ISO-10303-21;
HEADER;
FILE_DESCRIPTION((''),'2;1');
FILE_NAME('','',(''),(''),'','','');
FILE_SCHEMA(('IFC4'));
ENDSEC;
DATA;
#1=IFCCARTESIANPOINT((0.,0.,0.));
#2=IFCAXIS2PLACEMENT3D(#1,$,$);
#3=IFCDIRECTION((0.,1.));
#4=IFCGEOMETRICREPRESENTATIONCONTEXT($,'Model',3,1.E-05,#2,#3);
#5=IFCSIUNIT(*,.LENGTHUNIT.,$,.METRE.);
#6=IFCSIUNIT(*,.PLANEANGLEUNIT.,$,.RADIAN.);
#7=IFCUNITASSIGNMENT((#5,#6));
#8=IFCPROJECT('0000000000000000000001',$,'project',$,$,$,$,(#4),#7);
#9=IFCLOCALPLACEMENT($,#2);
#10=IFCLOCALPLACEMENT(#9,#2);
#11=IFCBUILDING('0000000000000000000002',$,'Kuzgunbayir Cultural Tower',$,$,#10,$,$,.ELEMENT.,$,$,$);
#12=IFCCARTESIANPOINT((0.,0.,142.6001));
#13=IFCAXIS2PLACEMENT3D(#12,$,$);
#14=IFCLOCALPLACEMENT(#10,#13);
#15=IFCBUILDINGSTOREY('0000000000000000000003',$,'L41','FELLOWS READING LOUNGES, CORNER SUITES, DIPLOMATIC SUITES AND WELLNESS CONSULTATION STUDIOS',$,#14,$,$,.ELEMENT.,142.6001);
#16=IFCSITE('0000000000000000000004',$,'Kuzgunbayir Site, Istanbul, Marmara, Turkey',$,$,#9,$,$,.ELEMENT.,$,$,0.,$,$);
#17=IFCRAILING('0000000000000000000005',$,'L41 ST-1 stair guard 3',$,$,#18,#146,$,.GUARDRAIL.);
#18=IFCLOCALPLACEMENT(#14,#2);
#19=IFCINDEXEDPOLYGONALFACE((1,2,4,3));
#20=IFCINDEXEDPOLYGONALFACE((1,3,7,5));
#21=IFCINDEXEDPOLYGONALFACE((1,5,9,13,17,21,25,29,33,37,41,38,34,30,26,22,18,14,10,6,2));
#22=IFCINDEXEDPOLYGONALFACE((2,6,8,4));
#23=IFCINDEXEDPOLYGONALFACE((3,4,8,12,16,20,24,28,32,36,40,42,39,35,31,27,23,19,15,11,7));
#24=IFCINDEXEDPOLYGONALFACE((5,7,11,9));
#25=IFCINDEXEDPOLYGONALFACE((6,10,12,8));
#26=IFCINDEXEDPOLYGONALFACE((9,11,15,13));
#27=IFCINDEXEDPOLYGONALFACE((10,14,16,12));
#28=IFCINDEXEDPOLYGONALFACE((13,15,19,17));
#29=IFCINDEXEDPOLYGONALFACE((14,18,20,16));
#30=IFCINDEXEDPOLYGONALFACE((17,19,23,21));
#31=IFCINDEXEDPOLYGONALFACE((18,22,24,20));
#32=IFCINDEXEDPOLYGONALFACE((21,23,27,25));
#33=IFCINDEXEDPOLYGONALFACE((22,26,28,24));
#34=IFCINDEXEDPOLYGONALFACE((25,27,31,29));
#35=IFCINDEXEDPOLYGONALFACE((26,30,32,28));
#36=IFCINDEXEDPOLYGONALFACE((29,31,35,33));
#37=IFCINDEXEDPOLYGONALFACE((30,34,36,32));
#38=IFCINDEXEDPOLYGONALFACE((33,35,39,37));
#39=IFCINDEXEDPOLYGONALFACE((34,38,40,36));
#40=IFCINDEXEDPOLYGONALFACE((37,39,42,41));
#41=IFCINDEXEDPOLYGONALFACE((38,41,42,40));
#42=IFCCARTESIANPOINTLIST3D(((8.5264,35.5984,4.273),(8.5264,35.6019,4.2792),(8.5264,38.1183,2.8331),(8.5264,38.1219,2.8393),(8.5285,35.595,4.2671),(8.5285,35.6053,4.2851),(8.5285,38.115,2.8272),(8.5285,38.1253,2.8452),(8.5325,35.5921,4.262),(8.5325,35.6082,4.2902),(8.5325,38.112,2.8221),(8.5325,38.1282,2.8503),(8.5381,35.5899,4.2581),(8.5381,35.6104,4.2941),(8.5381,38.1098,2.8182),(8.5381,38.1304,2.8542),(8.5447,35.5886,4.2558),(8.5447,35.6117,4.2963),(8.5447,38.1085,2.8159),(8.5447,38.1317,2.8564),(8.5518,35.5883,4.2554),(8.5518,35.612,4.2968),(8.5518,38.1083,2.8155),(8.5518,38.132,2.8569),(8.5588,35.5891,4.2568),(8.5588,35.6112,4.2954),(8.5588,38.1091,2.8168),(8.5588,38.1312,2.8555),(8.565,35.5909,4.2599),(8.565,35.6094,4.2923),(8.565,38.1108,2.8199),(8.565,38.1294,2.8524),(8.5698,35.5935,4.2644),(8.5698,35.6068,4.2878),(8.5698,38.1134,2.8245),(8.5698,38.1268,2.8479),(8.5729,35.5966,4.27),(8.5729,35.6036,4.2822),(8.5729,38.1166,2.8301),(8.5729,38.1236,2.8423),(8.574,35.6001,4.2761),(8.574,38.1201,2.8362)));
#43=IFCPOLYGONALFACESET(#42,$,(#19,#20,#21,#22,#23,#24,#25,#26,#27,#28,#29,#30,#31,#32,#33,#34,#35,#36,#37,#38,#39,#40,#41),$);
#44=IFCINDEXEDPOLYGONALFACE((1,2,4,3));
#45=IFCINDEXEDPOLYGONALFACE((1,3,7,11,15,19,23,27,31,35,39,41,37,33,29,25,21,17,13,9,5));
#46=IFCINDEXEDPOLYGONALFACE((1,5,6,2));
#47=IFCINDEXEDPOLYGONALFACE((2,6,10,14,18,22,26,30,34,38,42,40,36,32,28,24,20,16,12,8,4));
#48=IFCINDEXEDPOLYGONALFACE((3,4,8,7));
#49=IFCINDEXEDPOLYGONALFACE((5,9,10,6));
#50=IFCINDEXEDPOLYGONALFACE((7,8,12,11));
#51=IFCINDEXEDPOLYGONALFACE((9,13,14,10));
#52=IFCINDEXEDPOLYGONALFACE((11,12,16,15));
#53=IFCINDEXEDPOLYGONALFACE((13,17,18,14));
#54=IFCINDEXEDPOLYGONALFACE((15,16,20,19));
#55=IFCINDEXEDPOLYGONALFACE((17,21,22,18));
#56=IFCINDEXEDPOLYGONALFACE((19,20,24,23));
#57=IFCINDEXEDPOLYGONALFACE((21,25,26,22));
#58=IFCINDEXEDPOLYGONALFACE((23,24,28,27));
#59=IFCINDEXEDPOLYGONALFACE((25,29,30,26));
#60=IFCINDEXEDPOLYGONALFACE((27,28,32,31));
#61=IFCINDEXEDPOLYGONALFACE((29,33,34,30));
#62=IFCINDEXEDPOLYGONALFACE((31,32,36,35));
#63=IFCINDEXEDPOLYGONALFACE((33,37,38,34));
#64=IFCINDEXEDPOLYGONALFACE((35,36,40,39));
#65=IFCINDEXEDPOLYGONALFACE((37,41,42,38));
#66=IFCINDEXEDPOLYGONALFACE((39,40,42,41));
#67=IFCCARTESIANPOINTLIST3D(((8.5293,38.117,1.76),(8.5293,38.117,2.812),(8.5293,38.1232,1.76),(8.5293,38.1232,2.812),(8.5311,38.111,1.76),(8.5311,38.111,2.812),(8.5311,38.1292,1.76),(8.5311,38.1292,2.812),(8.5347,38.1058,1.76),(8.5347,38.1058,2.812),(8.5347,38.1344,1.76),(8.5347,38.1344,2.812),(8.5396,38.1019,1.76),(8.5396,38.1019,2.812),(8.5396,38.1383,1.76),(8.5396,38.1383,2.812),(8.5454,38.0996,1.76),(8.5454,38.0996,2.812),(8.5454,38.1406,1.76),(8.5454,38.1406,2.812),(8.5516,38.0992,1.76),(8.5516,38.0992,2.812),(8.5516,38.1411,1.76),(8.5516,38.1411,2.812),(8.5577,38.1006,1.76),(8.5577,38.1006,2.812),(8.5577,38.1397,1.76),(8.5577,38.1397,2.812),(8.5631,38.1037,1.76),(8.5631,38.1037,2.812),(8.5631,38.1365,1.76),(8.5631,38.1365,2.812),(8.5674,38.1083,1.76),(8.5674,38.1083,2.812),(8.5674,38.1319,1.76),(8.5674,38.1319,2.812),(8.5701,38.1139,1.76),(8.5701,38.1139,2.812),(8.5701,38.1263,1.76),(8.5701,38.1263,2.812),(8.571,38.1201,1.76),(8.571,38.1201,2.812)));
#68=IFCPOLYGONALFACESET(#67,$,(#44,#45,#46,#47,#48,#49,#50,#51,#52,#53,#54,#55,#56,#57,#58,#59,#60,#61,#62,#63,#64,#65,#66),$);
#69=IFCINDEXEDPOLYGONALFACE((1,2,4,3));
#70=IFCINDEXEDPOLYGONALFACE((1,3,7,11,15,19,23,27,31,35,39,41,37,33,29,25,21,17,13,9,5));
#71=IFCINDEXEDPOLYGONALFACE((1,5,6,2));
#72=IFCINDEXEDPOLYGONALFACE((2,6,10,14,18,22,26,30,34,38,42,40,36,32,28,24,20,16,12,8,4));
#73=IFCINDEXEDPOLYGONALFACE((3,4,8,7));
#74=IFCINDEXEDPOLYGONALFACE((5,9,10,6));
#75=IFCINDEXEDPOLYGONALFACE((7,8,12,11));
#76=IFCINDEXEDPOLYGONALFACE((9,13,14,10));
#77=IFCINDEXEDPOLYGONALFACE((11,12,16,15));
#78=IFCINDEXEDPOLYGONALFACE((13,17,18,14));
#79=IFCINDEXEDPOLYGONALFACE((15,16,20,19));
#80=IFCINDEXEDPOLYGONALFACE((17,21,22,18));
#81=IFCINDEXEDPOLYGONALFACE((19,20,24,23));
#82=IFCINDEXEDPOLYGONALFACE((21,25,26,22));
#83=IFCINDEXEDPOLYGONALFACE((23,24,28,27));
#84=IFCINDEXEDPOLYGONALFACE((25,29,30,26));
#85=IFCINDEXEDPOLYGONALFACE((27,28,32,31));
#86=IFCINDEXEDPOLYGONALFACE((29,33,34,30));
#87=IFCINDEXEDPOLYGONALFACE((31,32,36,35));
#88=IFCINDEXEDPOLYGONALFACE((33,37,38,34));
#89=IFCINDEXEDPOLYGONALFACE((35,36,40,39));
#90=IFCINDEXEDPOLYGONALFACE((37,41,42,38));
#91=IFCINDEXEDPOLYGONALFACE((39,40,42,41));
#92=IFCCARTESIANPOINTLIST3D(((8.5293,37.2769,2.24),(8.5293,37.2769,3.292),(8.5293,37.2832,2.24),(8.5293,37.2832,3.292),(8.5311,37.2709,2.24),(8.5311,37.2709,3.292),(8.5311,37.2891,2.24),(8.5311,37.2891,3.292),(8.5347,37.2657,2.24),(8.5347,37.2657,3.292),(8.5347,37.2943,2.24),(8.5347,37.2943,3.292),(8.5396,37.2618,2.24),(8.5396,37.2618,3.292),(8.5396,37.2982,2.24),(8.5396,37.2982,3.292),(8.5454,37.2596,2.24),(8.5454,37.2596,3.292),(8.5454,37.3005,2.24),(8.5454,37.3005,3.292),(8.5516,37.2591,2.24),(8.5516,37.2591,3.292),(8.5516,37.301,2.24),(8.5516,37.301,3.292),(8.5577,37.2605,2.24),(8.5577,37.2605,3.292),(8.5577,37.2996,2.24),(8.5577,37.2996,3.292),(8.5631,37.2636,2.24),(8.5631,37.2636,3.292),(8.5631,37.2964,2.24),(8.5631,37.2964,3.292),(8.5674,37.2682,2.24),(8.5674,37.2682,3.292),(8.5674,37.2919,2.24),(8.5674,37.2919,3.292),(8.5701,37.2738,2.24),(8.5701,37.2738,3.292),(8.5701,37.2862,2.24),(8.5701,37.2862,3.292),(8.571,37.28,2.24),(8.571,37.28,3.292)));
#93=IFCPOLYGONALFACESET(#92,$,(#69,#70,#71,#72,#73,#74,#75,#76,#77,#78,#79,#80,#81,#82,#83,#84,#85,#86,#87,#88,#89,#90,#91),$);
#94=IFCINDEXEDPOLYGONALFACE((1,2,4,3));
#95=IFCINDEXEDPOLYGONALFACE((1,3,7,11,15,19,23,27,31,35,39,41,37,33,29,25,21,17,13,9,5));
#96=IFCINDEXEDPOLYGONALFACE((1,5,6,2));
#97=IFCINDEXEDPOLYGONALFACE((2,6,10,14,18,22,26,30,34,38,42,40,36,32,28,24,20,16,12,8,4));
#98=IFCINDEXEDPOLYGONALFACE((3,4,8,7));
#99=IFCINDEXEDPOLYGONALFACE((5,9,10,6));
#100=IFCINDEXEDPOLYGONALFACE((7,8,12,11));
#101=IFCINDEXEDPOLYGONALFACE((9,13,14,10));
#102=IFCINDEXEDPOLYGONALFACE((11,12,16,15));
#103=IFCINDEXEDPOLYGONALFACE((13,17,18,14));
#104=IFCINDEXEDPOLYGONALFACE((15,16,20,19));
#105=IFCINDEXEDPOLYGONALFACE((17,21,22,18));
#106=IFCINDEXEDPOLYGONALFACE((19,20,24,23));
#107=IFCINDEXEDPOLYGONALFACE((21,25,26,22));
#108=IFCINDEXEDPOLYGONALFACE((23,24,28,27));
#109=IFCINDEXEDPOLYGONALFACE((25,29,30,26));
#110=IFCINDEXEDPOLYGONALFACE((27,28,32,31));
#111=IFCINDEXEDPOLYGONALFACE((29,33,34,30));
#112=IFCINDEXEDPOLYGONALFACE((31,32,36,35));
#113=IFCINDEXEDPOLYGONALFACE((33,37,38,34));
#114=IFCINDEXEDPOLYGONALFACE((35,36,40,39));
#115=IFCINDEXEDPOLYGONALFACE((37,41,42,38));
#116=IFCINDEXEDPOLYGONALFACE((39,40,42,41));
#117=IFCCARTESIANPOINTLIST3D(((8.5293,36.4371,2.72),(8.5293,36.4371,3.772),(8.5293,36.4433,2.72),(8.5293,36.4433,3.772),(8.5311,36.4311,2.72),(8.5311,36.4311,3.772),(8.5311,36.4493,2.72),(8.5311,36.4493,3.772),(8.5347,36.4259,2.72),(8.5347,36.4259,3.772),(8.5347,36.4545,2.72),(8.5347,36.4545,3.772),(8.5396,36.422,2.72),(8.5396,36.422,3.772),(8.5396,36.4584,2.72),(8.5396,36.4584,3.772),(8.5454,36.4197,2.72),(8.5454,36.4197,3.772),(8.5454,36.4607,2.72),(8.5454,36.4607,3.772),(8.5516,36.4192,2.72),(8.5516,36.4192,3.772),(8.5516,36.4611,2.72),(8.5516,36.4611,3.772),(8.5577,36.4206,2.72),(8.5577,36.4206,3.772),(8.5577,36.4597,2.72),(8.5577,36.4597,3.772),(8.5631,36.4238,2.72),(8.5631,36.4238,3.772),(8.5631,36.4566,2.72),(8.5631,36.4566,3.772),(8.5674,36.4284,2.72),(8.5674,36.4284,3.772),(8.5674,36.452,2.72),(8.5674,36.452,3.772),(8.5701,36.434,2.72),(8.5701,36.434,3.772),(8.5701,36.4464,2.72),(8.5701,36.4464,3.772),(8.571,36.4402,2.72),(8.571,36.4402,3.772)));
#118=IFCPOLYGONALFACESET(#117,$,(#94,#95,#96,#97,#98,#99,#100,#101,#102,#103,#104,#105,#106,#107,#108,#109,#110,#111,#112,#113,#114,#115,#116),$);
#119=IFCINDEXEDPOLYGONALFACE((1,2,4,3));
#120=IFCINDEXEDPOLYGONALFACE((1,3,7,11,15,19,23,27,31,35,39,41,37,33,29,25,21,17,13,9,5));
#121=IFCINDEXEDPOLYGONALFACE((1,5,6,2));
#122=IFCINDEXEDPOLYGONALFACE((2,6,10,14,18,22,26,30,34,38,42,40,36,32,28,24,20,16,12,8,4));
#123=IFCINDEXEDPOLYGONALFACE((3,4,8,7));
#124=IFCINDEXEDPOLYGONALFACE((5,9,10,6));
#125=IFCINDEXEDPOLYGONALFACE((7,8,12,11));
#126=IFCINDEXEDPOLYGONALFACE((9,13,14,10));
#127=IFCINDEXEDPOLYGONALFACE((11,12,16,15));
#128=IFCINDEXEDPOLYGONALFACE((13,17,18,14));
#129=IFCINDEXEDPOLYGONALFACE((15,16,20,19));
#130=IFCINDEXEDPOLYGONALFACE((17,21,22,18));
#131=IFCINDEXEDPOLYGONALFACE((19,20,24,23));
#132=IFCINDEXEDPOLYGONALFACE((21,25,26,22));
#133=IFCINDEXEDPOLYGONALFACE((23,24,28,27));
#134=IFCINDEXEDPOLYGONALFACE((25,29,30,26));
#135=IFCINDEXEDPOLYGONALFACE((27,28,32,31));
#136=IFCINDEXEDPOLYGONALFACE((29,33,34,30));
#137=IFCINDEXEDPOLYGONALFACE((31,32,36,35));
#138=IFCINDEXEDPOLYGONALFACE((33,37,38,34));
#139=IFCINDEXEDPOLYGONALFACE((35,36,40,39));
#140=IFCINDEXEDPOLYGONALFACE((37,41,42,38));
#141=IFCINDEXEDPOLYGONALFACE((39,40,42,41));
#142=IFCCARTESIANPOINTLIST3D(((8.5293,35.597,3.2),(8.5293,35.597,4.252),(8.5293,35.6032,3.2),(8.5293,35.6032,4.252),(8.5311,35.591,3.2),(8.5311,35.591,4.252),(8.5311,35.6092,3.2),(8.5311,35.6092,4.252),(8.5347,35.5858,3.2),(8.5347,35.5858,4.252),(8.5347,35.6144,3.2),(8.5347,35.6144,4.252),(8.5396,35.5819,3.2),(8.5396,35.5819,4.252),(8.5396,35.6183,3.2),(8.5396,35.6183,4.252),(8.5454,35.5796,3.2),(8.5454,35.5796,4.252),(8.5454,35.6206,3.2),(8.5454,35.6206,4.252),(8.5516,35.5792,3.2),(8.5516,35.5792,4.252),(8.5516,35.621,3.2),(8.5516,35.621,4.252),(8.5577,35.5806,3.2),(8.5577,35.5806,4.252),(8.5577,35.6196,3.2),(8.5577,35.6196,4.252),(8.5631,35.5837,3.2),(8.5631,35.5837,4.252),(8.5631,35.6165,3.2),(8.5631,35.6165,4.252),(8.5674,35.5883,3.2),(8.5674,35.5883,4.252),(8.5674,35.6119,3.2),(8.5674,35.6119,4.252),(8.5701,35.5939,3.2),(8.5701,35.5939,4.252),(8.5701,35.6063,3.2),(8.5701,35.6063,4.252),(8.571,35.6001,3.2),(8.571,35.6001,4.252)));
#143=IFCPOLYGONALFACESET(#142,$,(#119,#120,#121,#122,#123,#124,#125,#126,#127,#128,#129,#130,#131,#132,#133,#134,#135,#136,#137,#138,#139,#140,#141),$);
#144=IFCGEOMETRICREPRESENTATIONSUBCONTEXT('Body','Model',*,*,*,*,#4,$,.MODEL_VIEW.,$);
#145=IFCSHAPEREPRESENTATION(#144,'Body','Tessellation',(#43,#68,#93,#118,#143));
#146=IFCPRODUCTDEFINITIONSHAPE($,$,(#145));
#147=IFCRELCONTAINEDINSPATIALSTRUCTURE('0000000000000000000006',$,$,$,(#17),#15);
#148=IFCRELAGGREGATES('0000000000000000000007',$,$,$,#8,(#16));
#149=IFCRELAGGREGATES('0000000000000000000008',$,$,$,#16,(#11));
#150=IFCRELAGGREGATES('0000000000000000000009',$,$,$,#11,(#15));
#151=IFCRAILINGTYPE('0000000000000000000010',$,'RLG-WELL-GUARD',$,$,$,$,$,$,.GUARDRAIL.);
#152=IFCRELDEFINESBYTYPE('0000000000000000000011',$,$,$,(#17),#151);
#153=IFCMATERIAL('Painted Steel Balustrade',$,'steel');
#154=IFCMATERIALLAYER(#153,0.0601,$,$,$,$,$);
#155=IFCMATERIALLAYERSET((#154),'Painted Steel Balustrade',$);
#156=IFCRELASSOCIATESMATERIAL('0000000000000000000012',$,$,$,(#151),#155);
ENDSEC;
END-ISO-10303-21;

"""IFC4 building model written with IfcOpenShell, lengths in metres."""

from ifc_helpers import new_model, si_unit, direction, frame, origin, origin_2d, place, context, subcontext, project, spatial, circle, extrude, material, layer, layer_set, type_object, element, save


model = new_model("IFC4")

# Units and contexts
model_context = context("Model", 3, precision=1e-05, world=origin(), true_north=direction((0.0, 1.0)))
body_context = subcontext(model_context, "Body", "Model", "MODEL_VIEW")
ifc_project = project(units=[si_unit("LENGTHUNIT", "METRE"), si_unit("PLANEANGLEUNIT", "RADIAN")], contexts=[model_context])

# Site, building, storey
site_placement = place(None, origin())
site = spatial("IfcSite", under=ifc_project, at=site_placement, Name="Kuzgunbayir Site, Istanbul, Marmara, Turkey", CompositionType="ELEMENT", RefElevation=0.0)
building_placement = place(site_placement, origin())
building = spatial("IfcBuilding", under=site, at=building_placement, Name="Kuzgunbayir Cultural Tower", CompositionType="ELEMENT")
storey_placement = place(building_placement, frame((0.0, 0.0, 142.6001)))
storey = spatial("IfcBuildingStorey", under=building, at=storey_placement, Name="L41", Description="FELLOWS READING LOUNGES, CORNER SUITES, DIPLOMATIC SUITES AND WELLNESS CONSULTATION STUDIOS", CompositionType="ELEMENT", Elevation=142.6001)

# Railing
ifc_material_1 = material(Name="Painted Steel Balustrade", Category="steel")
ifc_layer_1 = layer(ifc_material_1, 0.0601)
ifc_layer_set_1 = layer_set([ifc_layer_1], Name="Painted Steel Balustrade")
railing_type_1 = type_object("IfcRailingType", Name="RLG-WELL-GUARD", PredefinedType="GUARDRAIL", material=ifc_layer_set_1)
railing_1_placement = place(storey_placement, frame((8.55, 38.1201, 1.76)))
element("IfcRailing", 1, at=railing_1_placement, inside=storey, type_object=railing_type_1, Name="L41 ST-1 stair guard 3", PredefinedType="GUARDRAIL", context=body_context, shape_type="SweptSolid", body=[
    extrude(circle(Radius=0.0239, at=origin_2d()), frame((0.0, 0.0, 1.0762), z_axis=(0.0, -0.868253, 0.496121), x_axis=(1.0, 0.0, 0.0)), (0.0, 0.0, 1.0), 2.9023),
    extrude(circle(Radius=0.021, at=origin_2d()), origin(), (0.0, 0.0, 1.0), 1.052),
    extrude(circle(Radius=0.021, at=origin_2d()), frame((0.0, -0.8401, 0.48)), (0.0, 0.0, 1.0), 1.052),
    extrude(circle(Radius=0.021, at=origin_2d()), frame((0.0, -1.6799, 0.96)), (0.0, 0.0, 1.0), 1.052),
    extrude(circle(Radius=0.021, at=origin_2d()), frame((0.0, -2.52, 1.4399)), (0.0, 0.0, 1.0), 1.052),
])

save(model, "model.ifc")
